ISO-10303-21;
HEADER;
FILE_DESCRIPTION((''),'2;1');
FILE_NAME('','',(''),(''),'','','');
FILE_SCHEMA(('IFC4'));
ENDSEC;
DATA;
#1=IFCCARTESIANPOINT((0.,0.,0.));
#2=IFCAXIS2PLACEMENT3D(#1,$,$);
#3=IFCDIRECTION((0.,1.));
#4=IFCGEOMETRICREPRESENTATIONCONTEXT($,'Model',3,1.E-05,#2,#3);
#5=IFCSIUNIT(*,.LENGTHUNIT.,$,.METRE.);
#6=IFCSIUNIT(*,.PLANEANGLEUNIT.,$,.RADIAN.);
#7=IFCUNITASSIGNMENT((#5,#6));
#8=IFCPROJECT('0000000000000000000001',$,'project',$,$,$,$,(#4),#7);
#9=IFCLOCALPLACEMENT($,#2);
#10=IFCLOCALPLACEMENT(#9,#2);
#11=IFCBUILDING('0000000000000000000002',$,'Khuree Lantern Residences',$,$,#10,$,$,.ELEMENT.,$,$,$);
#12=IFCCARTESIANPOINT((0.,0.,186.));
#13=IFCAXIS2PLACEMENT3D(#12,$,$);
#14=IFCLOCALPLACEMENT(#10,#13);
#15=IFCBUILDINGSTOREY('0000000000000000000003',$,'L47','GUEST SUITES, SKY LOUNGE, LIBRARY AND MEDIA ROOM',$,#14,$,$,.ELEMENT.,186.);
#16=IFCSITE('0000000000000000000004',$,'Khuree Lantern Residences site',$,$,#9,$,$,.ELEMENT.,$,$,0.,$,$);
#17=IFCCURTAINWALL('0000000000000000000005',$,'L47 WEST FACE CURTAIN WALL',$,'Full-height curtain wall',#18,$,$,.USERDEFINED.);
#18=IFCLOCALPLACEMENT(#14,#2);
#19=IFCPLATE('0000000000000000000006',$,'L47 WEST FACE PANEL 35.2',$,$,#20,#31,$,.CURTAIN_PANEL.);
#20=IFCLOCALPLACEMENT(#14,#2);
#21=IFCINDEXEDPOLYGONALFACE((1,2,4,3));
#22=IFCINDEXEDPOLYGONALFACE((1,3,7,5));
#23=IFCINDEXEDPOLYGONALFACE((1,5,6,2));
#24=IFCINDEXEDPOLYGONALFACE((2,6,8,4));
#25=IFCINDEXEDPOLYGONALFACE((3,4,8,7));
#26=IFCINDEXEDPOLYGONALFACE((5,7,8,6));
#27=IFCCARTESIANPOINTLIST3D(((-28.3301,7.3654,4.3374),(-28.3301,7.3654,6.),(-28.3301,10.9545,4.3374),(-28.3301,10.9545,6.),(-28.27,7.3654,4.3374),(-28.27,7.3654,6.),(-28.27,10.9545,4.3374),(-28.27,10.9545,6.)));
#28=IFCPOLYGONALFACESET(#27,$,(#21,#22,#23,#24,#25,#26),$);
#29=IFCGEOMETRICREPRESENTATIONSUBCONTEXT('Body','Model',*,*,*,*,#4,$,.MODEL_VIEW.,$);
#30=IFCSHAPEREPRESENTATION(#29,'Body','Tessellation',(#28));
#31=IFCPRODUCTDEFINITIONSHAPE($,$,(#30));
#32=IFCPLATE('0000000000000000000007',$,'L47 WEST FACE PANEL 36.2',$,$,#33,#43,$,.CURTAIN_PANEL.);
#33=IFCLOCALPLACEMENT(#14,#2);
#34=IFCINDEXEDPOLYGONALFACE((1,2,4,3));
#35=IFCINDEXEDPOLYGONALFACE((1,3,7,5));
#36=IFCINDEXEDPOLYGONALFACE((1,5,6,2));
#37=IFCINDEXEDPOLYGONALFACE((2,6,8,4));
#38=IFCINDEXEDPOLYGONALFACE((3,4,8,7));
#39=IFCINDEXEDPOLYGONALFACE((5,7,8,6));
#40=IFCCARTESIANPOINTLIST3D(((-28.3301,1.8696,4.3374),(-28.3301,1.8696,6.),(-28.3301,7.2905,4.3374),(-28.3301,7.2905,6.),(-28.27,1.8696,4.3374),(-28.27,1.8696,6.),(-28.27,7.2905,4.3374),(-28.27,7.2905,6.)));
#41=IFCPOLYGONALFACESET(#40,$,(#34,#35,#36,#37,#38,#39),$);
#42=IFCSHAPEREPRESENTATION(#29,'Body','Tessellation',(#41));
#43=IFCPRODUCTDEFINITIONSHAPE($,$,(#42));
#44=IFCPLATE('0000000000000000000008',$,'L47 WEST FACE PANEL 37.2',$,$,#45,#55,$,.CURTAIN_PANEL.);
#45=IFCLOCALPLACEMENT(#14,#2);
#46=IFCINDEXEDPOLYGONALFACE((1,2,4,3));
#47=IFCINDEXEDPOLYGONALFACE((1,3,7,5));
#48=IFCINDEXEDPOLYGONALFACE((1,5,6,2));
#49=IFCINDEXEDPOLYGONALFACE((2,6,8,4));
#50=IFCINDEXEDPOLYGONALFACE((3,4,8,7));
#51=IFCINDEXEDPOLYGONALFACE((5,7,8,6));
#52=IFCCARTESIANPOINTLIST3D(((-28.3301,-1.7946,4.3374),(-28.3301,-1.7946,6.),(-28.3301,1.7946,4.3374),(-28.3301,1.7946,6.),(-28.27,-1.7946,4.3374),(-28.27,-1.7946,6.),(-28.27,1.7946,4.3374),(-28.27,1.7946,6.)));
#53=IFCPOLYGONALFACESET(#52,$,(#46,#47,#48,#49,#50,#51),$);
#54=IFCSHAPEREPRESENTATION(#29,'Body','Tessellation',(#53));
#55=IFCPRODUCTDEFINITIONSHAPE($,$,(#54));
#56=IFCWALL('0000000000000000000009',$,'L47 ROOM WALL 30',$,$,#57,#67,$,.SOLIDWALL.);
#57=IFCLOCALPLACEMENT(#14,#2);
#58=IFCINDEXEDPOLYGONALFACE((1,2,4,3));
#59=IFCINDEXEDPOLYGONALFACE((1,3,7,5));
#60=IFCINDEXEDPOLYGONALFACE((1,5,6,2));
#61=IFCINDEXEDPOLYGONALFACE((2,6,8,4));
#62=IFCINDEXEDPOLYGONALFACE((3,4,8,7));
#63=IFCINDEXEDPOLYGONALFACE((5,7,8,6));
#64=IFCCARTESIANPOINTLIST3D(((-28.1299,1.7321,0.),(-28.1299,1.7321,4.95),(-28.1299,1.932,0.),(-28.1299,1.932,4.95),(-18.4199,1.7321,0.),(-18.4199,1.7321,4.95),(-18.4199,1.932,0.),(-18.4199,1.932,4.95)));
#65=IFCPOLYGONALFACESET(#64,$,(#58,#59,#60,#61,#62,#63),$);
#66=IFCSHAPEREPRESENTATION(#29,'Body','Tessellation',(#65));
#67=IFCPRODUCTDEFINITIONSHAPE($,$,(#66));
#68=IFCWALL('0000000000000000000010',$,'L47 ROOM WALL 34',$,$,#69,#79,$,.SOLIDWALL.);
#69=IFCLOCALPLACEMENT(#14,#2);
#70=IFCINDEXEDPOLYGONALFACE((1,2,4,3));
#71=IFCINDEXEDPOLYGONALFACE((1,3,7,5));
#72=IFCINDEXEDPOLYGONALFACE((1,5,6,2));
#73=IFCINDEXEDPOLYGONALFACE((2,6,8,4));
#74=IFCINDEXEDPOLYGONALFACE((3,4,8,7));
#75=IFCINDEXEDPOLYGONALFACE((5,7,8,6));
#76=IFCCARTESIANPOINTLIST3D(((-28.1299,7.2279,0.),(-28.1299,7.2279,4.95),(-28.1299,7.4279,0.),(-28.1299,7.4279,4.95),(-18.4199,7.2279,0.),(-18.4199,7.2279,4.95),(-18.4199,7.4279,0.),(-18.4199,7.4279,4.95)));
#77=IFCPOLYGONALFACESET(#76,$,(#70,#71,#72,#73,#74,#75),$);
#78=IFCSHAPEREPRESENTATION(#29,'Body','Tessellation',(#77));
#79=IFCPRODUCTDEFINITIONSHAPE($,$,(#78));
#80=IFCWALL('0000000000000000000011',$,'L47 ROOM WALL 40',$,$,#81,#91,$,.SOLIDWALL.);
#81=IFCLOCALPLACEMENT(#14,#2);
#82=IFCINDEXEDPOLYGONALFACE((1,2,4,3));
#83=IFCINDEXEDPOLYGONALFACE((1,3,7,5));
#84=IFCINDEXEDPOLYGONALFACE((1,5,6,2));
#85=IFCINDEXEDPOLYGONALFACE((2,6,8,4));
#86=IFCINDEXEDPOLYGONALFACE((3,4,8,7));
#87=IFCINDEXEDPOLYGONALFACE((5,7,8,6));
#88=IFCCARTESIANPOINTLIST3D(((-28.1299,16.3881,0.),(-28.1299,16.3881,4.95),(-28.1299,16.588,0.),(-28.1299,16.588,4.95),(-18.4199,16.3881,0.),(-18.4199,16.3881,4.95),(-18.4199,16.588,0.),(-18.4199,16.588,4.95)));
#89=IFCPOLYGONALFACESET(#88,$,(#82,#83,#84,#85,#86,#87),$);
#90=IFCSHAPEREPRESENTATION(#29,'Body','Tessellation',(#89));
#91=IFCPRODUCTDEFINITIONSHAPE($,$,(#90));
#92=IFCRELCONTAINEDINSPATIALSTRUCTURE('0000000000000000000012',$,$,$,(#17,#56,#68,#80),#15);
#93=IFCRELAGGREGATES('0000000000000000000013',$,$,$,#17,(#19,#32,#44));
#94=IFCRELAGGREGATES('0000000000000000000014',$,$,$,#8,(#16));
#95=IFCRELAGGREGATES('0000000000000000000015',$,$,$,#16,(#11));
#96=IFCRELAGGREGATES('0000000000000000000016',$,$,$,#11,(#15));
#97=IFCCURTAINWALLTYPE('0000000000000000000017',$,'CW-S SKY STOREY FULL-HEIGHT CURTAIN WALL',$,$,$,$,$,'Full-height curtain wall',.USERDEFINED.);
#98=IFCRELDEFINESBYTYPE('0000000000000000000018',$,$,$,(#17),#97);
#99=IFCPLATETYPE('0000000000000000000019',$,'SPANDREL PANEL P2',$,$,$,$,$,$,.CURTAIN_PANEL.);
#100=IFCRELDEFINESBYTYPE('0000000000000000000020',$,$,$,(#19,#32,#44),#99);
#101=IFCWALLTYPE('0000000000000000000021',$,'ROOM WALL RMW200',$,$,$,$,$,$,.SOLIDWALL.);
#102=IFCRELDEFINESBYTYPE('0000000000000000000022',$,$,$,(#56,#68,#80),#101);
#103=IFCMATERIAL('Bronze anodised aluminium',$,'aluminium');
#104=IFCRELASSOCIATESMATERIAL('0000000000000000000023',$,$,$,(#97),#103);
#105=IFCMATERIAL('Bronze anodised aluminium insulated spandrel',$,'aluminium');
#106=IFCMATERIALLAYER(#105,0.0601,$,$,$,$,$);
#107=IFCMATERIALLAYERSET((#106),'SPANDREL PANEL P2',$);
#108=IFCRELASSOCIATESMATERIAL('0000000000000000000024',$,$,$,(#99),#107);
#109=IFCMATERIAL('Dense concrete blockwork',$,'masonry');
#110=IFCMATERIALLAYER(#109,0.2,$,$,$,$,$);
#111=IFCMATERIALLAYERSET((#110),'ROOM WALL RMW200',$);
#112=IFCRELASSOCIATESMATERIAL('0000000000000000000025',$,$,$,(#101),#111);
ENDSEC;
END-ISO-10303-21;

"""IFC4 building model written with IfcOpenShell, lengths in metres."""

from ifc_helpers import new_model, si_unit, direction, frame, frame_2d, origin, origin_2d, place, context, subcontext, project, spatial, rectangle, extrude, material, layer, layer_set, type_object, element, aggregate, save


model = new_model("IFC4")

# Units and contexts
model_context = context("Model", 3, precision=1e-05, world=origin(), true_north=direction((0.0, 1.0)))
body_context = subcontext(model_context, "Body", "Model", "MODEL_VIEW")
ifc_project = project(units=[si_unit("LENGTHUNIT", "METRE"), si_unit("PLANEANGLEUNIT", "RADIAN")], contexts=[model_context])

# Site, building, storey
site_placement = place(None, origin())
site = spatial("IfcSite", under=ifc_project, at=site_placement, Name="Khuree Lantern Residences site", CompositionType="ELEMENT", RefElevation=0.0)
building_placement = place(site_placement, origin())
building = spatial("IfcBuilding", under=site, at=building_placement, Name="Khuree Lantern Residences", CompositionType="ELEMENT")
storey_placement = place(building_placement, frame((0.0, 0.0, 186.0)))
storey = spatial("IfcBuildingStorey", under=building, at=storey_placement, Name="L47", Description="GUEST SUITES, SKY LOUNGE, LIBRARY AND MEDIA ROOM", CompositionType="ELEMENT", Elevation=186.0)

# Curtain wall
ifc_material_1 = material(Name="Bronze anodised aluminium", Category="aluminium")
curtain_wall_type = type_object("IfcCurtainWallType", Name="CW-S SKY STOREY FULL-HEIGHT CURTAIN WALL", ElementType="Full-height curtain wall", PredefinedType="USERDEFINED", material=ifc_material_1)
curtain_wall_placement = place(storey_placement, origin())
curtain_wall = element("IfcCurtainWall", 1, at=curtain_wall_placement, inside=storey, type_object=curtain_wall_type, Name="L47 WEST FACE CURTAIN WALL", ObjectType="Full-height curtain wall", PredefinedType="USERDEFINED")

# Plates
ifc_material_2 = material(Name="Bronze anodised aluminium insulated spandrel", Category="aluminium")
ifc_layer_1 = layer(ifc_material_2, 0.0601)
ifc_layer_set_1 = layer_set([ifc_layer_1], Name="SPANDREL PANEL P2")
plate_type_1 = type_object("IfcPlateType", Name="SPANDREL PANEL P2", PredefinedType="CURTAIN_PANEL", material=ifc_layer_set_1)
plate_1_placement = place(storey_placement, frame((-28.3, 9.1599, 4.3374), z_axis=(0.0, 0.0, 1.0), x_axis=(0.0, -1.0, 0.0)))
plate_1 = element("IfcPlate", 2, at=plate_1_placement, type_object=plate_type_1, Name="L47 WEST FACE PANEL 35.2", PredefinedType="CURTAIN_PANEL", context=body_context, shape_type="SweptSolid", body=[
    extrude(rectangle(XDim=3.5891, YDim=0.0601, at=origin_2d()), origin(), (0.0, 0.0, 1.0), 1.6626),
])
plate_2_placement = place(storey_placement, frame((-28.3, 4.5801, 4.3374), z_axis=(0.0, 0.0, 1.0), x_axis=(0.0, -1.0, 0.0)))
plate_2 = element("IfcPlate", 3, at=plate_2_placement, type_object=plate_type_1, Name="L47 WEST FACE PANEL 36.2", PredefinedType="CURTAIN_PANEL", context=body_context, shape_type="SweptSolid", body=[
    extrude(rectangle(XDim=5.4209, YDim=0.0601, at=origin_2d()), origin(), (0.0, 0.0, 1.0), 1.6626),
])
plate_3_placement = place(storey_placement, frame((-28.3, 0.0, 4.3374), z_axis=(0.0, 0.0, 1.0), x_axis=(0.0, -1.0, 0.0)))
plate_3 = element("IfcPlate", 4, at=plate_3_placement, type_object=plate_type_1, Name="L47 WEST FACE PANEL 37.2", PredefinedType="CURTAIN_PANEL", context=body_context, shape_type="SweptSolid", body=[
    extrude(rectangle(XDim=3.5891, YDim=0.0601, at=origin_2d()), origin(), (0.0, 0.0, 1.0), 1.6626),
])
aggregate(curtain_wall, [plate_1, plate_2, plate_3])

# Walls
ifc_material_3 = material(Name="Dense concrete blockwork", Category="masonry")
ifc_layer_2 = layer(ifc_material_3, 0.2)
ifc_layer_set_2 = layer_set([ifc_layer_2], Name="ROOM WALL RMW200")
wall_type = type_object("IfcWallType", Name="ROOM WALL RMW200", PredefinedType="SOLIDWALL", material=ifc_layer_set_2)
for number, where, z_axis, x_axis, name in (
    (5, (-28.1299, 1.832, 0.0), (0.0, 0.0, 1.0), (1.0, 0.0, 0.0), "L47 ROOM WALL 30"),
    (6, (-28.1299, 7.3279, 0.0), (0.0, 0.0, 1.0), (1.0, 0.0, 0.0), "L47 ROOM WALL 34"),
    (7, (-28.1299, 16.488, 0.0), (0.0, 0.0, 1.0), (1.0, 0.0, 0.0), "L47 ROOM WALL 40"),
):
    element("IfcWall", number, at=place(storey_placement, frame(where, z_axis=z_axis, x_axis=x_axis)), inside=storey, type_object=wall_type, Name=name, PredefinedType="SOLIDWALL", context=body_context, shape_type="SweptSolid", body=[
        extrude(rectangle(XDim=9.71, YDim=0.2, at=frame_2d((4.855, 0.0))), origin(), (0.0, 0.0, 1.0), 4.95),
    ])

save(model, "model.ifc")
